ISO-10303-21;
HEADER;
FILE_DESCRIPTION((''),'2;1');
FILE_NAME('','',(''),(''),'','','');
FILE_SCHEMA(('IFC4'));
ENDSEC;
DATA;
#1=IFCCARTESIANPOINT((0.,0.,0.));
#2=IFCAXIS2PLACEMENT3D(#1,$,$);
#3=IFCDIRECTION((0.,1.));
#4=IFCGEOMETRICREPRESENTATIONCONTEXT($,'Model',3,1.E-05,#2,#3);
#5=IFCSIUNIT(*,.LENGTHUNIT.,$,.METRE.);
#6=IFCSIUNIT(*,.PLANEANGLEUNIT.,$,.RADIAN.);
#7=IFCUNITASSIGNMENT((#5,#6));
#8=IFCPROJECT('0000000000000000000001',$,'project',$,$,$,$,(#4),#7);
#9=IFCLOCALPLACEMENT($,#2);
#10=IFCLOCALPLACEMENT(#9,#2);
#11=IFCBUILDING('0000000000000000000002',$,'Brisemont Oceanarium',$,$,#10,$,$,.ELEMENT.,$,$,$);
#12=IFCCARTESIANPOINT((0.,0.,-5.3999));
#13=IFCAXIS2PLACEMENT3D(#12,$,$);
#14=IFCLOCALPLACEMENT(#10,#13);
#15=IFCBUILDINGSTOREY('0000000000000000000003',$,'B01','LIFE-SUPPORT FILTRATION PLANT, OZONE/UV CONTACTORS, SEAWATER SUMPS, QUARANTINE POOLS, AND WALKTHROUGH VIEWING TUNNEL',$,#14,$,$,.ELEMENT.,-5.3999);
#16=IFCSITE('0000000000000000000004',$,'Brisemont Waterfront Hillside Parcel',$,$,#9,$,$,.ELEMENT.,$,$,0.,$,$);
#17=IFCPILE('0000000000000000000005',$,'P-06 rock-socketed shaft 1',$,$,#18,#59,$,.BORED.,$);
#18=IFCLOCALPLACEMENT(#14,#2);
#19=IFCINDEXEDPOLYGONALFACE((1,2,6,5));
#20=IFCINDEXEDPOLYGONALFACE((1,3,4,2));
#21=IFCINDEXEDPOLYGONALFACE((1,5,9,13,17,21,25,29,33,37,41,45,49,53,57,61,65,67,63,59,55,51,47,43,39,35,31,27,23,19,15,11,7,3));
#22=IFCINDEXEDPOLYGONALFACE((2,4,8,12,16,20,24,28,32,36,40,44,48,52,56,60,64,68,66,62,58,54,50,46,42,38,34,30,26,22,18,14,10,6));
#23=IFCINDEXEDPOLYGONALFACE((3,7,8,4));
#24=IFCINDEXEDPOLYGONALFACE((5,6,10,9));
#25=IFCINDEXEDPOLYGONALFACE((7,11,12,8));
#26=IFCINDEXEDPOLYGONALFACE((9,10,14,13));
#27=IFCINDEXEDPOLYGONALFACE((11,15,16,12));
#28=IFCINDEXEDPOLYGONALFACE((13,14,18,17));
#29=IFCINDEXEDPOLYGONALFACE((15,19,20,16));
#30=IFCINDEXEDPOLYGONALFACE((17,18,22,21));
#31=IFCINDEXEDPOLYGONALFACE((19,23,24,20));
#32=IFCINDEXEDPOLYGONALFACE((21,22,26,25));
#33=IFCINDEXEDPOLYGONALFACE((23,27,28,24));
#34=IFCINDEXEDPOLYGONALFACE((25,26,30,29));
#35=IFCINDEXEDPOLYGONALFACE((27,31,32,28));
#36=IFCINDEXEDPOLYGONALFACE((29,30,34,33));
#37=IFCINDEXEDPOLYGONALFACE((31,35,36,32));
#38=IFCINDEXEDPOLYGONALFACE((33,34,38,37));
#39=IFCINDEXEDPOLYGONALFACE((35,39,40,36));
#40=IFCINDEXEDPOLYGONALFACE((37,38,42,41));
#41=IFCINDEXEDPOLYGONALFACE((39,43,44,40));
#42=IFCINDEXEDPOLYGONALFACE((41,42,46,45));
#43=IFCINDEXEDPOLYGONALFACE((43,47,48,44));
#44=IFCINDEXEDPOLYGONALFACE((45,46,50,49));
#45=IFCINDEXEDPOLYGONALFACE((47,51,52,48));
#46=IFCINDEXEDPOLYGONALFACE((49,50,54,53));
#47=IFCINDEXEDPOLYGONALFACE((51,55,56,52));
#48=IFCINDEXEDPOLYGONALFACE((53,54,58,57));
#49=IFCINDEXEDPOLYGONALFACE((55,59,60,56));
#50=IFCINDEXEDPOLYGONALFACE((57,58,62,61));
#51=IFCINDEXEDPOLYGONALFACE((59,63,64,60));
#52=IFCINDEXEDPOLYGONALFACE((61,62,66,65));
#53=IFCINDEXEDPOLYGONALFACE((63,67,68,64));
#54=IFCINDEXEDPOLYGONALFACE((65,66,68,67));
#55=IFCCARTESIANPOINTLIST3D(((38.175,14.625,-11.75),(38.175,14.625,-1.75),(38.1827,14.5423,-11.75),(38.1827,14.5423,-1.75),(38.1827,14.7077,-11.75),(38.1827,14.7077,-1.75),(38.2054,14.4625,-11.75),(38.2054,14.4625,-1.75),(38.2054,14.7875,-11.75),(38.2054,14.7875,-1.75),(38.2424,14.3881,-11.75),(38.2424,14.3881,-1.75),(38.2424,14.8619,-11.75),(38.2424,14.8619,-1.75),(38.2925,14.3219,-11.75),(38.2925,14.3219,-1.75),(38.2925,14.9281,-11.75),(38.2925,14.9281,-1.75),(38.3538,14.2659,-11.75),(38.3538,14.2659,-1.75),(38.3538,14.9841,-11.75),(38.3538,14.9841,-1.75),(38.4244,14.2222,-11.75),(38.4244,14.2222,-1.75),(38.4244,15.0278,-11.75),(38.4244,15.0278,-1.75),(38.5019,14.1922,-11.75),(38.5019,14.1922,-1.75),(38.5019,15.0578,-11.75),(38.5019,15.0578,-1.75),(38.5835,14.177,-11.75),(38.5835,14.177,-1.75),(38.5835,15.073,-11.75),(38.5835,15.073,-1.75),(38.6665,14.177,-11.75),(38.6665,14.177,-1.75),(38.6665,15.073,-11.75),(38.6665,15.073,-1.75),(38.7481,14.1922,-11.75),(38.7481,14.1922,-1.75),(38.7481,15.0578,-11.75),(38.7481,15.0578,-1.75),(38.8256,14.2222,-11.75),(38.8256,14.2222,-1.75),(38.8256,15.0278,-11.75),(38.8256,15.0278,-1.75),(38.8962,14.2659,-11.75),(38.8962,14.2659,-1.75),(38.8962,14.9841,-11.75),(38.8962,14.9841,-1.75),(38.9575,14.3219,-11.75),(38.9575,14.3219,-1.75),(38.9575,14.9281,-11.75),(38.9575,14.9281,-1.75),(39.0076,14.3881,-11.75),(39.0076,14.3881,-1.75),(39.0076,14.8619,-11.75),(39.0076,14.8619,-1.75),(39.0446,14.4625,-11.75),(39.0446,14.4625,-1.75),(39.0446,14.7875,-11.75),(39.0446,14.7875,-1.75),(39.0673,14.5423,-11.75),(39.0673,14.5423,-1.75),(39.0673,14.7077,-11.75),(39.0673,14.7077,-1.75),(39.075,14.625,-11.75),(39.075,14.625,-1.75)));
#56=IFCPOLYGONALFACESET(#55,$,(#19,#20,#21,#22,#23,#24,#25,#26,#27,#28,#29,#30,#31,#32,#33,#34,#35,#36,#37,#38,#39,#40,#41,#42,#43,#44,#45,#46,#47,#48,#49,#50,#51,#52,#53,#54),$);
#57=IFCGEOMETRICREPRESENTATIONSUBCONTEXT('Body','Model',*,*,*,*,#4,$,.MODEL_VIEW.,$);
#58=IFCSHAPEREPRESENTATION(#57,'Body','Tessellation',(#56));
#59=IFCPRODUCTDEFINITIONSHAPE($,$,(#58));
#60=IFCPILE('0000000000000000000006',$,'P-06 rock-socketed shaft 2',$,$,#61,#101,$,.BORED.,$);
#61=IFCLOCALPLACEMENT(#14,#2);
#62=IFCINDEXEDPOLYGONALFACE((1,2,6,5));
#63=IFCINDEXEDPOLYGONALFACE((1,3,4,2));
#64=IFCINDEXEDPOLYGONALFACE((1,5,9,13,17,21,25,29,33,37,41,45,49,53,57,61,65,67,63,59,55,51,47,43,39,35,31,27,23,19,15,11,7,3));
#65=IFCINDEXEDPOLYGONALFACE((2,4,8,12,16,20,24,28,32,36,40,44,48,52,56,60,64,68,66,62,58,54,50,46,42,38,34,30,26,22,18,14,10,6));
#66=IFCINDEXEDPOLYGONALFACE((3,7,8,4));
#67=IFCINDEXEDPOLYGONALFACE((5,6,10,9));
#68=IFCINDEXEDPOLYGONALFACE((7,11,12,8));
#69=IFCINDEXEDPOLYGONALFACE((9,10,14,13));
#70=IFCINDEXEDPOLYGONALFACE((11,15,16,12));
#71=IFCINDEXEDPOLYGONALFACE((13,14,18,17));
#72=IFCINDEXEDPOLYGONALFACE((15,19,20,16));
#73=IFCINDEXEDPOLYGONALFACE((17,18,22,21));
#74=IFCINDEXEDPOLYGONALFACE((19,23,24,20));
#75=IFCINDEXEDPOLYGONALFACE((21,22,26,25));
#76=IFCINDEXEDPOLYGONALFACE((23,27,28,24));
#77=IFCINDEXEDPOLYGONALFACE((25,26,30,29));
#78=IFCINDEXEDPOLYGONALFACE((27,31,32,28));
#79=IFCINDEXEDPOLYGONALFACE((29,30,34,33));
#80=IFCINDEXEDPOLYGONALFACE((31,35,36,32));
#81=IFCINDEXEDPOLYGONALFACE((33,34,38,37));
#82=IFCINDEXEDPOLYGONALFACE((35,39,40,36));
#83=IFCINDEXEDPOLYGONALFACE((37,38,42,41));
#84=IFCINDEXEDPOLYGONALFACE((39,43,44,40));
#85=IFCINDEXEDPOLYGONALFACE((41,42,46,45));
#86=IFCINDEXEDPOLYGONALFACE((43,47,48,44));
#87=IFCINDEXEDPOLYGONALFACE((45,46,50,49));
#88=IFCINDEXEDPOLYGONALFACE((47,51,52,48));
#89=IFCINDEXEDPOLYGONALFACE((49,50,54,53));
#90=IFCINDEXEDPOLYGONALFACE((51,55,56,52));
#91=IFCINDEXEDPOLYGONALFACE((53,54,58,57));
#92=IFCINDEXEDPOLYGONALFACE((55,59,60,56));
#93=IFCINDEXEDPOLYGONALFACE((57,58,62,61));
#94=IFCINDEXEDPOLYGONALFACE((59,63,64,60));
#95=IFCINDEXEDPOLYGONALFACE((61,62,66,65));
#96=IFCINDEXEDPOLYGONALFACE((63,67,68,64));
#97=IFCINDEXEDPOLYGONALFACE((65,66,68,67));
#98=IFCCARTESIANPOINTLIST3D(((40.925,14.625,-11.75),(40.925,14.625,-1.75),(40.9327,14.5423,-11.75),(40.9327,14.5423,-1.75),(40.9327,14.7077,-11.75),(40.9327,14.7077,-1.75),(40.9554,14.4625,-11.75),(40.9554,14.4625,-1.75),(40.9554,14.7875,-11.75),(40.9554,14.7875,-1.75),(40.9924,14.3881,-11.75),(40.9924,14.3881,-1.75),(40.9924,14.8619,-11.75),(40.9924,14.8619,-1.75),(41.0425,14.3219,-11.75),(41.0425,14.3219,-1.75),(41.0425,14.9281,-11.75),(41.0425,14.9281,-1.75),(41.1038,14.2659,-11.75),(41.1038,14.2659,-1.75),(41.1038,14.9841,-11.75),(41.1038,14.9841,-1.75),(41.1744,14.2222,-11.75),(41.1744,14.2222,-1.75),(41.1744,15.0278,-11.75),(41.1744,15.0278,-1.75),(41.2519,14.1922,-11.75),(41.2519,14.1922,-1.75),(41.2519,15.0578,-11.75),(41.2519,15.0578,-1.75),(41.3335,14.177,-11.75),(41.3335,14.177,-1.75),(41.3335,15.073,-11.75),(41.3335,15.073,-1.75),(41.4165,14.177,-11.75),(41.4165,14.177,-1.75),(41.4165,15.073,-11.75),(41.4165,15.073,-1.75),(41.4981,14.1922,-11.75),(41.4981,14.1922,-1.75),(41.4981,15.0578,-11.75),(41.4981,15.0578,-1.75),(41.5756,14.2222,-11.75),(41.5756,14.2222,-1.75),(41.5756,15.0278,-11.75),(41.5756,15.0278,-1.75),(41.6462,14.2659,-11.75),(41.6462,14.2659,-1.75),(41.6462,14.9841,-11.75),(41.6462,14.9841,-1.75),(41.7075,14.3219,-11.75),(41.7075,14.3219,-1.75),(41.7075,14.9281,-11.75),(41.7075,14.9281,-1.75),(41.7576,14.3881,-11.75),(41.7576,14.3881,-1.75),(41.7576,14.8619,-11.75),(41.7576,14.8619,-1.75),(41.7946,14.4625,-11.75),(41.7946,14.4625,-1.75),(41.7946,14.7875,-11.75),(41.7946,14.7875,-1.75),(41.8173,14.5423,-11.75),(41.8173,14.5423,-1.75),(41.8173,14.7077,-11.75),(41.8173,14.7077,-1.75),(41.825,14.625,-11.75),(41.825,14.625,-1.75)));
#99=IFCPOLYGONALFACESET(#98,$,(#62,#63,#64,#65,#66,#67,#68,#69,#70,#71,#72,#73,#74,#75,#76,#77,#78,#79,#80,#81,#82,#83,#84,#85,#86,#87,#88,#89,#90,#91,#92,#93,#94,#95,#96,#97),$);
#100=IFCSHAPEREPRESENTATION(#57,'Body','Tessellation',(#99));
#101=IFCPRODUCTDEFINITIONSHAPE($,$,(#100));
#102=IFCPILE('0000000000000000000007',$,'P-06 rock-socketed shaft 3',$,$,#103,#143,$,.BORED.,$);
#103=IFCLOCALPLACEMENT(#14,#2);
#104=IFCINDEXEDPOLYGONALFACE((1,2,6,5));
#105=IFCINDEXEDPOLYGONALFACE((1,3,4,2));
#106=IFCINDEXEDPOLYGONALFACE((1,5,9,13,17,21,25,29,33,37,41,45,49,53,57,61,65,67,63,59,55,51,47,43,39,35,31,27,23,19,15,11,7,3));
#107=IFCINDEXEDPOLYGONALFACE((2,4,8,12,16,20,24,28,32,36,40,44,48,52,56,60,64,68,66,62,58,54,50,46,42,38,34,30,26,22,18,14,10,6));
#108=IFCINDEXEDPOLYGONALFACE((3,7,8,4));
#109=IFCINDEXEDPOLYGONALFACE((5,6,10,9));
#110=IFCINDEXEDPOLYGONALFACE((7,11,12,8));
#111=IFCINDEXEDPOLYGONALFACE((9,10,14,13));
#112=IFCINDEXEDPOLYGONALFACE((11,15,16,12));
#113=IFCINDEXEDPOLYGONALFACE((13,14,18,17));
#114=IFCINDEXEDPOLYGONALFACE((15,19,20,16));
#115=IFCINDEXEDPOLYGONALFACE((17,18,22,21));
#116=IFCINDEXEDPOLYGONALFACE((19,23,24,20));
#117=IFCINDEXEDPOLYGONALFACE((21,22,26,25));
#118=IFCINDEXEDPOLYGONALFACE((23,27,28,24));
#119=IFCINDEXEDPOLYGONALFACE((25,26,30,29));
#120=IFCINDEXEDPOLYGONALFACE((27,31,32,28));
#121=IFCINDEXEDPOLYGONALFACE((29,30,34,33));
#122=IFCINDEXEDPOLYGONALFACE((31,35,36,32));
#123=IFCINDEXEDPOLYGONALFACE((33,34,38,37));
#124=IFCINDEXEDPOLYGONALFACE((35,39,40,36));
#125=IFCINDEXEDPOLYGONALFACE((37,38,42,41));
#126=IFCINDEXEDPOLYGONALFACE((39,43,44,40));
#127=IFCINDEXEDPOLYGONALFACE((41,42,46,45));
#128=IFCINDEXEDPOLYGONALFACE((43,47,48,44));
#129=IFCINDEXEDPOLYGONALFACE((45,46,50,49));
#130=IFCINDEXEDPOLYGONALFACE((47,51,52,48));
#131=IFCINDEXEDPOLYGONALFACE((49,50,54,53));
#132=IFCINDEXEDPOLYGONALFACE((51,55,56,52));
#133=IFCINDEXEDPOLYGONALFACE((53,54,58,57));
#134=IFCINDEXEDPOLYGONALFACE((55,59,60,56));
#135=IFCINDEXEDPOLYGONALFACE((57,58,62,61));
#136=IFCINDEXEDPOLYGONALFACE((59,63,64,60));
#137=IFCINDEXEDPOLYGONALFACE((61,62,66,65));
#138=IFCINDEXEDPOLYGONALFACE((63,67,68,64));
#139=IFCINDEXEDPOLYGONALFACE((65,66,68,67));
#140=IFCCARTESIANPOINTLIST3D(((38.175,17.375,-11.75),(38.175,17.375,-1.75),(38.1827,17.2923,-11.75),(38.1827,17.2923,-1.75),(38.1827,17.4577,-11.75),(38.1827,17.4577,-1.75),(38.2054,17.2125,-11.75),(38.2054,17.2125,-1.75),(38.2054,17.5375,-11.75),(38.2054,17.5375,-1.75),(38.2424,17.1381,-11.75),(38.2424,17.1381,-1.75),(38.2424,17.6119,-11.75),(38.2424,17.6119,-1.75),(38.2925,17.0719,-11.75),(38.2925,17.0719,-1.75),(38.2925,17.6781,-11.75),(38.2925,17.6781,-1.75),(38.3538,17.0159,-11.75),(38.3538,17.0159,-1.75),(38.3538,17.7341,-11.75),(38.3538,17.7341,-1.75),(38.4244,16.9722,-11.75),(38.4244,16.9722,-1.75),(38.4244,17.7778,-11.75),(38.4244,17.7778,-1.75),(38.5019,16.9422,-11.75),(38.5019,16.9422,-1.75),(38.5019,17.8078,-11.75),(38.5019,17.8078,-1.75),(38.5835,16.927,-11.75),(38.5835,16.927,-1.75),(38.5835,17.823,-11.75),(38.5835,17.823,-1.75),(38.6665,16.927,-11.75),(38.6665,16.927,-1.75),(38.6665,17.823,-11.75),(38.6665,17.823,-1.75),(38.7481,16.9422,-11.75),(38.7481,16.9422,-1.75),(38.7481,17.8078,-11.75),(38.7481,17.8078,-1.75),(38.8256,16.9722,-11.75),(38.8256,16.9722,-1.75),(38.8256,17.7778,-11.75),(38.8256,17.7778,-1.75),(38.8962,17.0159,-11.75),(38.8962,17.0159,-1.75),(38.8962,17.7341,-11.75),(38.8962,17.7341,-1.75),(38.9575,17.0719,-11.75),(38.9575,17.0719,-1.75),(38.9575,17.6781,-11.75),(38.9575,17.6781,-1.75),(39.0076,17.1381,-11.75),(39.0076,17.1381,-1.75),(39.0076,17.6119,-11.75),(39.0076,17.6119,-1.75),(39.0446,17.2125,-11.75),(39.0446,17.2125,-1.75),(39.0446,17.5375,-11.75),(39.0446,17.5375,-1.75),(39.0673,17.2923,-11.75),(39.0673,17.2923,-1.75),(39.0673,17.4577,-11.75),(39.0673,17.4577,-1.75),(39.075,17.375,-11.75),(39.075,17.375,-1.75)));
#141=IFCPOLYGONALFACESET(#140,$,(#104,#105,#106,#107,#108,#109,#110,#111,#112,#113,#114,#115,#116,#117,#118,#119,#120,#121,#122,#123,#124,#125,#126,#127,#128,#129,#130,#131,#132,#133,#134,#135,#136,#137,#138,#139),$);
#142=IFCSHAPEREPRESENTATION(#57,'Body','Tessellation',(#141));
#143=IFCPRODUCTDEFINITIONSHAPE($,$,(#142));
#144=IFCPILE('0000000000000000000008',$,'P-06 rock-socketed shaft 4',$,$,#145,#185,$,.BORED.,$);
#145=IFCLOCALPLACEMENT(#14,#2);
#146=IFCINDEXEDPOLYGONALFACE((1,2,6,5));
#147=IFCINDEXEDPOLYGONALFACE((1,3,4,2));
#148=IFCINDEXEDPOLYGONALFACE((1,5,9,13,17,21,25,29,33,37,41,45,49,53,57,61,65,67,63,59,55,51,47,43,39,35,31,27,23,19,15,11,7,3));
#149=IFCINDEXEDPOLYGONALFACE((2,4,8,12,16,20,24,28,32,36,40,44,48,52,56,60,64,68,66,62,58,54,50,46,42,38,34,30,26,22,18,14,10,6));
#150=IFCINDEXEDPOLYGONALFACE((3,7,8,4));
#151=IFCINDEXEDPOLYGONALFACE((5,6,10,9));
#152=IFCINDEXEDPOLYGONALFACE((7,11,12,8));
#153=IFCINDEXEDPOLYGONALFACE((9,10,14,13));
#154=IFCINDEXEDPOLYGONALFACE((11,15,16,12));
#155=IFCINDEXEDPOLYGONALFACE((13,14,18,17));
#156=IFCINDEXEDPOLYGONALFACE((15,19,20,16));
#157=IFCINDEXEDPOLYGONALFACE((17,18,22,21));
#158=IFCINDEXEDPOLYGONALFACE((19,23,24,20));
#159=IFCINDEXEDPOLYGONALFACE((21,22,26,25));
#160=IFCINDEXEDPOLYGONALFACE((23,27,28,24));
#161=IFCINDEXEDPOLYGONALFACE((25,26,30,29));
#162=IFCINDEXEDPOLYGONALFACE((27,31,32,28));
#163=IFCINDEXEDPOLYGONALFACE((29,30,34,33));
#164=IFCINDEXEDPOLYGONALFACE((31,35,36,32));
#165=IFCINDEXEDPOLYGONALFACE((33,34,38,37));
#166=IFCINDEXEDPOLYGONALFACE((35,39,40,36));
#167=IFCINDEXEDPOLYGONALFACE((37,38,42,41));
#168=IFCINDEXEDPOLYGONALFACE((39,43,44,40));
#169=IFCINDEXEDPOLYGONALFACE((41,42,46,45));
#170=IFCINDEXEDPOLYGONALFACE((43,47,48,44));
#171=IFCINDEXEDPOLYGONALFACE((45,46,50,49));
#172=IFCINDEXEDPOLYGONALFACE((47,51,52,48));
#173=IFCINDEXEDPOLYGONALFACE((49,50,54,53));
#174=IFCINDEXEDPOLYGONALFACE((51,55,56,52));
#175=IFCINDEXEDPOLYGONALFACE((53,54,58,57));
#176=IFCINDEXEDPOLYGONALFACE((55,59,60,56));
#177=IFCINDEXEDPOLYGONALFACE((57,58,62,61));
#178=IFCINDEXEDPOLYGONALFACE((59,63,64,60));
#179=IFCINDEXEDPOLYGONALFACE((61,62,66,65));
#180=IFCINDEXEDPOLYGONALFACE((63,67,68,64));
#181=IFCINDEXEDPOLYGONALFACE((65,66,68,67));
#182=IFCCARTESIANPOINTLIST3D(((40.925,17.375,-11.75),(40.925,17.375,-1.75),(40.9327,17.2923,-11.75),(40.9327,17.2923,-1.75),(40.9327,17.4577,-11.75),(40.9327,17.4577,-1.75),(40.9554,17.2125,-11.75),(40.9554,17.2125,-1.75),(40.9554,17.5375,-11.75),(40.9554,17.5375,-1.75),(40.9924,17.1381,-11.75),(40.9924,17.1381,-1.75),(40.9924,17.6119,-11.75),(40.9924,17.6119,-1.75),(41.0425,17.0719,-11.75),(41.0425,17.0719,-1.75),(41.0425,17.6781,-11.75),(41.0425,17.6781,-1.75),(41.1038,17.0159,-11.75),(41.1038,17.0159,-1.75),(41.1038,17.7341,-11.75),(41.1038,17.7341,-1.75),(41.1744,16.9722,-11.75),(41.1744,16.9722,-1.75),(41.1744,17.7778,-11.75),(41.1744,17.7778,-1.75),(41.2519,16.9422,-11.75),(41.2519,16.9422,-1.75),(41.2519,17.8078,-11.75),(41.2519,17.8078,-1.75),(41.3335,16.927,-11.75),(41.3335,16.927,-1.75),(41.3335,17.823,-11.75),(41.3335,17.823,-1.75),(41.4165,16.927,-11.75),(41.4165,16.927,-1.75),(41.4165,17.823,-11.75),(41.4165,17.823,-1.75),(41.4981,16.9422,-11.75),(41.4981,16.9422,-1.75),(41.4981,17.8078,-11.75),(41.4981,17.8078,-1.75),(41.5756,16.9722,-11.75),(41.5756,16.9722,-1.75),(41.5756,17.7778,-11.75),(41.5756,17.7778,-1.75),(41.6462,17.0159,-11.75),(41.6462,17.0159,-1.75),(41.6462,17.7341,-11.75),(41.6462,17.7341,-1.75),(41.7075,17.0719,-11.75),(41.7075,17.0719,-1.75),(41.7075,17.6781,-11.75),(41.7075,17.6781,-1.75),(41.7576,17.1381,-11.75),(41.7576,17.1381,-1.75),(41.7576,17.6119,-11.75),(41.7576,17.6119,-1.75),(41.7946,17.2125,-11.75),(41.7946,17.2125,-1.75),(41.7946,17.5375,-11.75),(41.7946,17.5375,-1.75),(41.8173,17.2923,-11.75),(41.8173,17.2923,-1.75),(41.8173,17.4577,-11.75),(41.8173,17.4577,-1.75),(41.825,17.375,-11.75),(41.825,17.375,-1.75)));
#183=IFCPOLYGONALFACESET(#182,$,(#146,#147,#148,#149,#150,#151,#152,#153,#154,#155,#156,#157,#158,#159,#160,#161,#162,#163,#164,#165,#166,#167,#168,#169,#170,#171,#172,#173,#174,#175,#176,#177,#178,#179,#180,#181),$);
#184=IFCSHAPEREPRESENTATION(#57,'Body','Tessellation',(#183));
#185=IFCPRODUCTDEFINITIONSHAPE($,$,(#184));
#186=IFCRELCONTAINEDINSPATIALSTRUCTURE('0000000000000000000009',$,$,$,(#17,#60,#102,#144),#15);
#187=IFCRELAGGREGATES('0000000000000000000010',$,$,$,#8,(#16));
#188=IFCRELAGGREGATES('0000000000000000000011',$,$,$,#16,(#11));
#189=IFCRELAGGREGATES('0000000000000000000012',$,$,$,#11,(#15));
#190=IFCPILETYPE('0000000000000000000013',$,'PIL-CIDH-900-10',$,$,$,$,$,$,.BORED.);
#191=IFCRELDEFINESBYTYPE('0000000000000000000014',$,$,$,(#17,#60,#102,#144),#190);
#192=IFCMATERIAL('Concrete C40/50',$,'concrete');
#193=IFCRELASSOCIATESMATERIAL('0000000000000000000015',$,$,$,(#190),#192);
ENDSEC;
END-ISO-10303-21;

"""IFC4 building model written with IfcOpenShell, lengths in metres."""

from ifc_helpers import new_model, si_unit, direction, frame, origin, origin_2d, place, context, subcontext, project, spatial, circle, extrude, material, material_profile, profile_set, type_object, element, save


model = new_model("IFC4")

# Units and contexts
model_context = context("Model", 3, precision=1e-05, world=origin(), true_north=direction((0.0, 1.0)))
body_context = subcontext(model_context, "Body", "Model", "MODEL_VIEW")
ifc_project = project(units=[si_unit("LENGTHUNIT", "METRE"), si_unit("PLANEANGLEUNIT", "RADIAN")], contexts=[model_context])

# Site, building, storey
site_placement = place(None, origin())
site = spatial("IfcSite", under=ifc_project, at=site_placement, Name="Brisemont Waterfront Hillside Parcel", CompositionType="ELEMENT", RefElevation=0.0)
building_placement = place(site_placement, origin())
building = spatial("IfcBuilding", under=site, at=building_placement, Name="Brisemont Oceanarium", CompositionType="ELEMENT")
storey_placement = place(building_placement, frame((0.0, 0.0, -5.3999)))
storey = spatial("IfcBuildingStorey", under=building, at=storey_placement, Name="B01", Description="LIFE-SUPPORT FILTRATION PLANT, OZONE/UV CONTACTORS, SEAWATER SUMPS, QUARANTINE POOLS, AND WALKTHROUGH VIEWING TUNNEL", CompositionType="ELEMENT", Elevation=-5.3999)

# Piles
ifc_material_1 = material(Name="Concrete C40/50", Category="concrete")
ifc_material_profile_1 = material_profile(ifc_material_1, circle(Radius=0.45, at=origin_2d()), Name="CIDH-D900")
ifc_profile_set_1 = profile_set([ifc_material_profile_1], Name="Concrete C40/50")
pile_type_1 = type_object("IfcPileType", Name="PIL-CIDH-900-10", PredefinedType="BORED", material=ifc_profile_set_1)
for number, where, z_axis, x_axis, name in (
    (1, (38.625, 14.625, -1.75), (0.0, 0.0, -1.0), (1.0, 0.0, 0.0), "P-06 rock-socketed shaft 1"),
    (2, (41.375, 14.625, -1.75), (0.0, 0.0, -1.0), (1.0, 0.0, 0.0), "P-06 rock-socketed shaft 2"),
    (3, (38.625, 17.375, -1.75), (0.0, 0.0, -1.0), (1.0, 0.0, 0.0), "P-06 rock-socketed shaft 3"),
    (4, (41.375, 17.375, -1.75), (0.0, 0.0, -1.0), (1.0, 0.0, 0.0), "P-06 rock-socketed shaft 4"),
):
    element("IfcPile", number, at=place(storey_placement, frame(where, z_axis=z_axis, x_axis=x_axis)), inside=storey, type_object=pile_type_1, Name=name, PredefinedType="BORED", context=body_context, shape_type="SweptSolid", body=[
        extrude(circle(Radius=0.45, at=origin_2d()), origin(), (0.0, 0.0, 1.0), 10.0),
    ])

save(model, "model.ifc")
